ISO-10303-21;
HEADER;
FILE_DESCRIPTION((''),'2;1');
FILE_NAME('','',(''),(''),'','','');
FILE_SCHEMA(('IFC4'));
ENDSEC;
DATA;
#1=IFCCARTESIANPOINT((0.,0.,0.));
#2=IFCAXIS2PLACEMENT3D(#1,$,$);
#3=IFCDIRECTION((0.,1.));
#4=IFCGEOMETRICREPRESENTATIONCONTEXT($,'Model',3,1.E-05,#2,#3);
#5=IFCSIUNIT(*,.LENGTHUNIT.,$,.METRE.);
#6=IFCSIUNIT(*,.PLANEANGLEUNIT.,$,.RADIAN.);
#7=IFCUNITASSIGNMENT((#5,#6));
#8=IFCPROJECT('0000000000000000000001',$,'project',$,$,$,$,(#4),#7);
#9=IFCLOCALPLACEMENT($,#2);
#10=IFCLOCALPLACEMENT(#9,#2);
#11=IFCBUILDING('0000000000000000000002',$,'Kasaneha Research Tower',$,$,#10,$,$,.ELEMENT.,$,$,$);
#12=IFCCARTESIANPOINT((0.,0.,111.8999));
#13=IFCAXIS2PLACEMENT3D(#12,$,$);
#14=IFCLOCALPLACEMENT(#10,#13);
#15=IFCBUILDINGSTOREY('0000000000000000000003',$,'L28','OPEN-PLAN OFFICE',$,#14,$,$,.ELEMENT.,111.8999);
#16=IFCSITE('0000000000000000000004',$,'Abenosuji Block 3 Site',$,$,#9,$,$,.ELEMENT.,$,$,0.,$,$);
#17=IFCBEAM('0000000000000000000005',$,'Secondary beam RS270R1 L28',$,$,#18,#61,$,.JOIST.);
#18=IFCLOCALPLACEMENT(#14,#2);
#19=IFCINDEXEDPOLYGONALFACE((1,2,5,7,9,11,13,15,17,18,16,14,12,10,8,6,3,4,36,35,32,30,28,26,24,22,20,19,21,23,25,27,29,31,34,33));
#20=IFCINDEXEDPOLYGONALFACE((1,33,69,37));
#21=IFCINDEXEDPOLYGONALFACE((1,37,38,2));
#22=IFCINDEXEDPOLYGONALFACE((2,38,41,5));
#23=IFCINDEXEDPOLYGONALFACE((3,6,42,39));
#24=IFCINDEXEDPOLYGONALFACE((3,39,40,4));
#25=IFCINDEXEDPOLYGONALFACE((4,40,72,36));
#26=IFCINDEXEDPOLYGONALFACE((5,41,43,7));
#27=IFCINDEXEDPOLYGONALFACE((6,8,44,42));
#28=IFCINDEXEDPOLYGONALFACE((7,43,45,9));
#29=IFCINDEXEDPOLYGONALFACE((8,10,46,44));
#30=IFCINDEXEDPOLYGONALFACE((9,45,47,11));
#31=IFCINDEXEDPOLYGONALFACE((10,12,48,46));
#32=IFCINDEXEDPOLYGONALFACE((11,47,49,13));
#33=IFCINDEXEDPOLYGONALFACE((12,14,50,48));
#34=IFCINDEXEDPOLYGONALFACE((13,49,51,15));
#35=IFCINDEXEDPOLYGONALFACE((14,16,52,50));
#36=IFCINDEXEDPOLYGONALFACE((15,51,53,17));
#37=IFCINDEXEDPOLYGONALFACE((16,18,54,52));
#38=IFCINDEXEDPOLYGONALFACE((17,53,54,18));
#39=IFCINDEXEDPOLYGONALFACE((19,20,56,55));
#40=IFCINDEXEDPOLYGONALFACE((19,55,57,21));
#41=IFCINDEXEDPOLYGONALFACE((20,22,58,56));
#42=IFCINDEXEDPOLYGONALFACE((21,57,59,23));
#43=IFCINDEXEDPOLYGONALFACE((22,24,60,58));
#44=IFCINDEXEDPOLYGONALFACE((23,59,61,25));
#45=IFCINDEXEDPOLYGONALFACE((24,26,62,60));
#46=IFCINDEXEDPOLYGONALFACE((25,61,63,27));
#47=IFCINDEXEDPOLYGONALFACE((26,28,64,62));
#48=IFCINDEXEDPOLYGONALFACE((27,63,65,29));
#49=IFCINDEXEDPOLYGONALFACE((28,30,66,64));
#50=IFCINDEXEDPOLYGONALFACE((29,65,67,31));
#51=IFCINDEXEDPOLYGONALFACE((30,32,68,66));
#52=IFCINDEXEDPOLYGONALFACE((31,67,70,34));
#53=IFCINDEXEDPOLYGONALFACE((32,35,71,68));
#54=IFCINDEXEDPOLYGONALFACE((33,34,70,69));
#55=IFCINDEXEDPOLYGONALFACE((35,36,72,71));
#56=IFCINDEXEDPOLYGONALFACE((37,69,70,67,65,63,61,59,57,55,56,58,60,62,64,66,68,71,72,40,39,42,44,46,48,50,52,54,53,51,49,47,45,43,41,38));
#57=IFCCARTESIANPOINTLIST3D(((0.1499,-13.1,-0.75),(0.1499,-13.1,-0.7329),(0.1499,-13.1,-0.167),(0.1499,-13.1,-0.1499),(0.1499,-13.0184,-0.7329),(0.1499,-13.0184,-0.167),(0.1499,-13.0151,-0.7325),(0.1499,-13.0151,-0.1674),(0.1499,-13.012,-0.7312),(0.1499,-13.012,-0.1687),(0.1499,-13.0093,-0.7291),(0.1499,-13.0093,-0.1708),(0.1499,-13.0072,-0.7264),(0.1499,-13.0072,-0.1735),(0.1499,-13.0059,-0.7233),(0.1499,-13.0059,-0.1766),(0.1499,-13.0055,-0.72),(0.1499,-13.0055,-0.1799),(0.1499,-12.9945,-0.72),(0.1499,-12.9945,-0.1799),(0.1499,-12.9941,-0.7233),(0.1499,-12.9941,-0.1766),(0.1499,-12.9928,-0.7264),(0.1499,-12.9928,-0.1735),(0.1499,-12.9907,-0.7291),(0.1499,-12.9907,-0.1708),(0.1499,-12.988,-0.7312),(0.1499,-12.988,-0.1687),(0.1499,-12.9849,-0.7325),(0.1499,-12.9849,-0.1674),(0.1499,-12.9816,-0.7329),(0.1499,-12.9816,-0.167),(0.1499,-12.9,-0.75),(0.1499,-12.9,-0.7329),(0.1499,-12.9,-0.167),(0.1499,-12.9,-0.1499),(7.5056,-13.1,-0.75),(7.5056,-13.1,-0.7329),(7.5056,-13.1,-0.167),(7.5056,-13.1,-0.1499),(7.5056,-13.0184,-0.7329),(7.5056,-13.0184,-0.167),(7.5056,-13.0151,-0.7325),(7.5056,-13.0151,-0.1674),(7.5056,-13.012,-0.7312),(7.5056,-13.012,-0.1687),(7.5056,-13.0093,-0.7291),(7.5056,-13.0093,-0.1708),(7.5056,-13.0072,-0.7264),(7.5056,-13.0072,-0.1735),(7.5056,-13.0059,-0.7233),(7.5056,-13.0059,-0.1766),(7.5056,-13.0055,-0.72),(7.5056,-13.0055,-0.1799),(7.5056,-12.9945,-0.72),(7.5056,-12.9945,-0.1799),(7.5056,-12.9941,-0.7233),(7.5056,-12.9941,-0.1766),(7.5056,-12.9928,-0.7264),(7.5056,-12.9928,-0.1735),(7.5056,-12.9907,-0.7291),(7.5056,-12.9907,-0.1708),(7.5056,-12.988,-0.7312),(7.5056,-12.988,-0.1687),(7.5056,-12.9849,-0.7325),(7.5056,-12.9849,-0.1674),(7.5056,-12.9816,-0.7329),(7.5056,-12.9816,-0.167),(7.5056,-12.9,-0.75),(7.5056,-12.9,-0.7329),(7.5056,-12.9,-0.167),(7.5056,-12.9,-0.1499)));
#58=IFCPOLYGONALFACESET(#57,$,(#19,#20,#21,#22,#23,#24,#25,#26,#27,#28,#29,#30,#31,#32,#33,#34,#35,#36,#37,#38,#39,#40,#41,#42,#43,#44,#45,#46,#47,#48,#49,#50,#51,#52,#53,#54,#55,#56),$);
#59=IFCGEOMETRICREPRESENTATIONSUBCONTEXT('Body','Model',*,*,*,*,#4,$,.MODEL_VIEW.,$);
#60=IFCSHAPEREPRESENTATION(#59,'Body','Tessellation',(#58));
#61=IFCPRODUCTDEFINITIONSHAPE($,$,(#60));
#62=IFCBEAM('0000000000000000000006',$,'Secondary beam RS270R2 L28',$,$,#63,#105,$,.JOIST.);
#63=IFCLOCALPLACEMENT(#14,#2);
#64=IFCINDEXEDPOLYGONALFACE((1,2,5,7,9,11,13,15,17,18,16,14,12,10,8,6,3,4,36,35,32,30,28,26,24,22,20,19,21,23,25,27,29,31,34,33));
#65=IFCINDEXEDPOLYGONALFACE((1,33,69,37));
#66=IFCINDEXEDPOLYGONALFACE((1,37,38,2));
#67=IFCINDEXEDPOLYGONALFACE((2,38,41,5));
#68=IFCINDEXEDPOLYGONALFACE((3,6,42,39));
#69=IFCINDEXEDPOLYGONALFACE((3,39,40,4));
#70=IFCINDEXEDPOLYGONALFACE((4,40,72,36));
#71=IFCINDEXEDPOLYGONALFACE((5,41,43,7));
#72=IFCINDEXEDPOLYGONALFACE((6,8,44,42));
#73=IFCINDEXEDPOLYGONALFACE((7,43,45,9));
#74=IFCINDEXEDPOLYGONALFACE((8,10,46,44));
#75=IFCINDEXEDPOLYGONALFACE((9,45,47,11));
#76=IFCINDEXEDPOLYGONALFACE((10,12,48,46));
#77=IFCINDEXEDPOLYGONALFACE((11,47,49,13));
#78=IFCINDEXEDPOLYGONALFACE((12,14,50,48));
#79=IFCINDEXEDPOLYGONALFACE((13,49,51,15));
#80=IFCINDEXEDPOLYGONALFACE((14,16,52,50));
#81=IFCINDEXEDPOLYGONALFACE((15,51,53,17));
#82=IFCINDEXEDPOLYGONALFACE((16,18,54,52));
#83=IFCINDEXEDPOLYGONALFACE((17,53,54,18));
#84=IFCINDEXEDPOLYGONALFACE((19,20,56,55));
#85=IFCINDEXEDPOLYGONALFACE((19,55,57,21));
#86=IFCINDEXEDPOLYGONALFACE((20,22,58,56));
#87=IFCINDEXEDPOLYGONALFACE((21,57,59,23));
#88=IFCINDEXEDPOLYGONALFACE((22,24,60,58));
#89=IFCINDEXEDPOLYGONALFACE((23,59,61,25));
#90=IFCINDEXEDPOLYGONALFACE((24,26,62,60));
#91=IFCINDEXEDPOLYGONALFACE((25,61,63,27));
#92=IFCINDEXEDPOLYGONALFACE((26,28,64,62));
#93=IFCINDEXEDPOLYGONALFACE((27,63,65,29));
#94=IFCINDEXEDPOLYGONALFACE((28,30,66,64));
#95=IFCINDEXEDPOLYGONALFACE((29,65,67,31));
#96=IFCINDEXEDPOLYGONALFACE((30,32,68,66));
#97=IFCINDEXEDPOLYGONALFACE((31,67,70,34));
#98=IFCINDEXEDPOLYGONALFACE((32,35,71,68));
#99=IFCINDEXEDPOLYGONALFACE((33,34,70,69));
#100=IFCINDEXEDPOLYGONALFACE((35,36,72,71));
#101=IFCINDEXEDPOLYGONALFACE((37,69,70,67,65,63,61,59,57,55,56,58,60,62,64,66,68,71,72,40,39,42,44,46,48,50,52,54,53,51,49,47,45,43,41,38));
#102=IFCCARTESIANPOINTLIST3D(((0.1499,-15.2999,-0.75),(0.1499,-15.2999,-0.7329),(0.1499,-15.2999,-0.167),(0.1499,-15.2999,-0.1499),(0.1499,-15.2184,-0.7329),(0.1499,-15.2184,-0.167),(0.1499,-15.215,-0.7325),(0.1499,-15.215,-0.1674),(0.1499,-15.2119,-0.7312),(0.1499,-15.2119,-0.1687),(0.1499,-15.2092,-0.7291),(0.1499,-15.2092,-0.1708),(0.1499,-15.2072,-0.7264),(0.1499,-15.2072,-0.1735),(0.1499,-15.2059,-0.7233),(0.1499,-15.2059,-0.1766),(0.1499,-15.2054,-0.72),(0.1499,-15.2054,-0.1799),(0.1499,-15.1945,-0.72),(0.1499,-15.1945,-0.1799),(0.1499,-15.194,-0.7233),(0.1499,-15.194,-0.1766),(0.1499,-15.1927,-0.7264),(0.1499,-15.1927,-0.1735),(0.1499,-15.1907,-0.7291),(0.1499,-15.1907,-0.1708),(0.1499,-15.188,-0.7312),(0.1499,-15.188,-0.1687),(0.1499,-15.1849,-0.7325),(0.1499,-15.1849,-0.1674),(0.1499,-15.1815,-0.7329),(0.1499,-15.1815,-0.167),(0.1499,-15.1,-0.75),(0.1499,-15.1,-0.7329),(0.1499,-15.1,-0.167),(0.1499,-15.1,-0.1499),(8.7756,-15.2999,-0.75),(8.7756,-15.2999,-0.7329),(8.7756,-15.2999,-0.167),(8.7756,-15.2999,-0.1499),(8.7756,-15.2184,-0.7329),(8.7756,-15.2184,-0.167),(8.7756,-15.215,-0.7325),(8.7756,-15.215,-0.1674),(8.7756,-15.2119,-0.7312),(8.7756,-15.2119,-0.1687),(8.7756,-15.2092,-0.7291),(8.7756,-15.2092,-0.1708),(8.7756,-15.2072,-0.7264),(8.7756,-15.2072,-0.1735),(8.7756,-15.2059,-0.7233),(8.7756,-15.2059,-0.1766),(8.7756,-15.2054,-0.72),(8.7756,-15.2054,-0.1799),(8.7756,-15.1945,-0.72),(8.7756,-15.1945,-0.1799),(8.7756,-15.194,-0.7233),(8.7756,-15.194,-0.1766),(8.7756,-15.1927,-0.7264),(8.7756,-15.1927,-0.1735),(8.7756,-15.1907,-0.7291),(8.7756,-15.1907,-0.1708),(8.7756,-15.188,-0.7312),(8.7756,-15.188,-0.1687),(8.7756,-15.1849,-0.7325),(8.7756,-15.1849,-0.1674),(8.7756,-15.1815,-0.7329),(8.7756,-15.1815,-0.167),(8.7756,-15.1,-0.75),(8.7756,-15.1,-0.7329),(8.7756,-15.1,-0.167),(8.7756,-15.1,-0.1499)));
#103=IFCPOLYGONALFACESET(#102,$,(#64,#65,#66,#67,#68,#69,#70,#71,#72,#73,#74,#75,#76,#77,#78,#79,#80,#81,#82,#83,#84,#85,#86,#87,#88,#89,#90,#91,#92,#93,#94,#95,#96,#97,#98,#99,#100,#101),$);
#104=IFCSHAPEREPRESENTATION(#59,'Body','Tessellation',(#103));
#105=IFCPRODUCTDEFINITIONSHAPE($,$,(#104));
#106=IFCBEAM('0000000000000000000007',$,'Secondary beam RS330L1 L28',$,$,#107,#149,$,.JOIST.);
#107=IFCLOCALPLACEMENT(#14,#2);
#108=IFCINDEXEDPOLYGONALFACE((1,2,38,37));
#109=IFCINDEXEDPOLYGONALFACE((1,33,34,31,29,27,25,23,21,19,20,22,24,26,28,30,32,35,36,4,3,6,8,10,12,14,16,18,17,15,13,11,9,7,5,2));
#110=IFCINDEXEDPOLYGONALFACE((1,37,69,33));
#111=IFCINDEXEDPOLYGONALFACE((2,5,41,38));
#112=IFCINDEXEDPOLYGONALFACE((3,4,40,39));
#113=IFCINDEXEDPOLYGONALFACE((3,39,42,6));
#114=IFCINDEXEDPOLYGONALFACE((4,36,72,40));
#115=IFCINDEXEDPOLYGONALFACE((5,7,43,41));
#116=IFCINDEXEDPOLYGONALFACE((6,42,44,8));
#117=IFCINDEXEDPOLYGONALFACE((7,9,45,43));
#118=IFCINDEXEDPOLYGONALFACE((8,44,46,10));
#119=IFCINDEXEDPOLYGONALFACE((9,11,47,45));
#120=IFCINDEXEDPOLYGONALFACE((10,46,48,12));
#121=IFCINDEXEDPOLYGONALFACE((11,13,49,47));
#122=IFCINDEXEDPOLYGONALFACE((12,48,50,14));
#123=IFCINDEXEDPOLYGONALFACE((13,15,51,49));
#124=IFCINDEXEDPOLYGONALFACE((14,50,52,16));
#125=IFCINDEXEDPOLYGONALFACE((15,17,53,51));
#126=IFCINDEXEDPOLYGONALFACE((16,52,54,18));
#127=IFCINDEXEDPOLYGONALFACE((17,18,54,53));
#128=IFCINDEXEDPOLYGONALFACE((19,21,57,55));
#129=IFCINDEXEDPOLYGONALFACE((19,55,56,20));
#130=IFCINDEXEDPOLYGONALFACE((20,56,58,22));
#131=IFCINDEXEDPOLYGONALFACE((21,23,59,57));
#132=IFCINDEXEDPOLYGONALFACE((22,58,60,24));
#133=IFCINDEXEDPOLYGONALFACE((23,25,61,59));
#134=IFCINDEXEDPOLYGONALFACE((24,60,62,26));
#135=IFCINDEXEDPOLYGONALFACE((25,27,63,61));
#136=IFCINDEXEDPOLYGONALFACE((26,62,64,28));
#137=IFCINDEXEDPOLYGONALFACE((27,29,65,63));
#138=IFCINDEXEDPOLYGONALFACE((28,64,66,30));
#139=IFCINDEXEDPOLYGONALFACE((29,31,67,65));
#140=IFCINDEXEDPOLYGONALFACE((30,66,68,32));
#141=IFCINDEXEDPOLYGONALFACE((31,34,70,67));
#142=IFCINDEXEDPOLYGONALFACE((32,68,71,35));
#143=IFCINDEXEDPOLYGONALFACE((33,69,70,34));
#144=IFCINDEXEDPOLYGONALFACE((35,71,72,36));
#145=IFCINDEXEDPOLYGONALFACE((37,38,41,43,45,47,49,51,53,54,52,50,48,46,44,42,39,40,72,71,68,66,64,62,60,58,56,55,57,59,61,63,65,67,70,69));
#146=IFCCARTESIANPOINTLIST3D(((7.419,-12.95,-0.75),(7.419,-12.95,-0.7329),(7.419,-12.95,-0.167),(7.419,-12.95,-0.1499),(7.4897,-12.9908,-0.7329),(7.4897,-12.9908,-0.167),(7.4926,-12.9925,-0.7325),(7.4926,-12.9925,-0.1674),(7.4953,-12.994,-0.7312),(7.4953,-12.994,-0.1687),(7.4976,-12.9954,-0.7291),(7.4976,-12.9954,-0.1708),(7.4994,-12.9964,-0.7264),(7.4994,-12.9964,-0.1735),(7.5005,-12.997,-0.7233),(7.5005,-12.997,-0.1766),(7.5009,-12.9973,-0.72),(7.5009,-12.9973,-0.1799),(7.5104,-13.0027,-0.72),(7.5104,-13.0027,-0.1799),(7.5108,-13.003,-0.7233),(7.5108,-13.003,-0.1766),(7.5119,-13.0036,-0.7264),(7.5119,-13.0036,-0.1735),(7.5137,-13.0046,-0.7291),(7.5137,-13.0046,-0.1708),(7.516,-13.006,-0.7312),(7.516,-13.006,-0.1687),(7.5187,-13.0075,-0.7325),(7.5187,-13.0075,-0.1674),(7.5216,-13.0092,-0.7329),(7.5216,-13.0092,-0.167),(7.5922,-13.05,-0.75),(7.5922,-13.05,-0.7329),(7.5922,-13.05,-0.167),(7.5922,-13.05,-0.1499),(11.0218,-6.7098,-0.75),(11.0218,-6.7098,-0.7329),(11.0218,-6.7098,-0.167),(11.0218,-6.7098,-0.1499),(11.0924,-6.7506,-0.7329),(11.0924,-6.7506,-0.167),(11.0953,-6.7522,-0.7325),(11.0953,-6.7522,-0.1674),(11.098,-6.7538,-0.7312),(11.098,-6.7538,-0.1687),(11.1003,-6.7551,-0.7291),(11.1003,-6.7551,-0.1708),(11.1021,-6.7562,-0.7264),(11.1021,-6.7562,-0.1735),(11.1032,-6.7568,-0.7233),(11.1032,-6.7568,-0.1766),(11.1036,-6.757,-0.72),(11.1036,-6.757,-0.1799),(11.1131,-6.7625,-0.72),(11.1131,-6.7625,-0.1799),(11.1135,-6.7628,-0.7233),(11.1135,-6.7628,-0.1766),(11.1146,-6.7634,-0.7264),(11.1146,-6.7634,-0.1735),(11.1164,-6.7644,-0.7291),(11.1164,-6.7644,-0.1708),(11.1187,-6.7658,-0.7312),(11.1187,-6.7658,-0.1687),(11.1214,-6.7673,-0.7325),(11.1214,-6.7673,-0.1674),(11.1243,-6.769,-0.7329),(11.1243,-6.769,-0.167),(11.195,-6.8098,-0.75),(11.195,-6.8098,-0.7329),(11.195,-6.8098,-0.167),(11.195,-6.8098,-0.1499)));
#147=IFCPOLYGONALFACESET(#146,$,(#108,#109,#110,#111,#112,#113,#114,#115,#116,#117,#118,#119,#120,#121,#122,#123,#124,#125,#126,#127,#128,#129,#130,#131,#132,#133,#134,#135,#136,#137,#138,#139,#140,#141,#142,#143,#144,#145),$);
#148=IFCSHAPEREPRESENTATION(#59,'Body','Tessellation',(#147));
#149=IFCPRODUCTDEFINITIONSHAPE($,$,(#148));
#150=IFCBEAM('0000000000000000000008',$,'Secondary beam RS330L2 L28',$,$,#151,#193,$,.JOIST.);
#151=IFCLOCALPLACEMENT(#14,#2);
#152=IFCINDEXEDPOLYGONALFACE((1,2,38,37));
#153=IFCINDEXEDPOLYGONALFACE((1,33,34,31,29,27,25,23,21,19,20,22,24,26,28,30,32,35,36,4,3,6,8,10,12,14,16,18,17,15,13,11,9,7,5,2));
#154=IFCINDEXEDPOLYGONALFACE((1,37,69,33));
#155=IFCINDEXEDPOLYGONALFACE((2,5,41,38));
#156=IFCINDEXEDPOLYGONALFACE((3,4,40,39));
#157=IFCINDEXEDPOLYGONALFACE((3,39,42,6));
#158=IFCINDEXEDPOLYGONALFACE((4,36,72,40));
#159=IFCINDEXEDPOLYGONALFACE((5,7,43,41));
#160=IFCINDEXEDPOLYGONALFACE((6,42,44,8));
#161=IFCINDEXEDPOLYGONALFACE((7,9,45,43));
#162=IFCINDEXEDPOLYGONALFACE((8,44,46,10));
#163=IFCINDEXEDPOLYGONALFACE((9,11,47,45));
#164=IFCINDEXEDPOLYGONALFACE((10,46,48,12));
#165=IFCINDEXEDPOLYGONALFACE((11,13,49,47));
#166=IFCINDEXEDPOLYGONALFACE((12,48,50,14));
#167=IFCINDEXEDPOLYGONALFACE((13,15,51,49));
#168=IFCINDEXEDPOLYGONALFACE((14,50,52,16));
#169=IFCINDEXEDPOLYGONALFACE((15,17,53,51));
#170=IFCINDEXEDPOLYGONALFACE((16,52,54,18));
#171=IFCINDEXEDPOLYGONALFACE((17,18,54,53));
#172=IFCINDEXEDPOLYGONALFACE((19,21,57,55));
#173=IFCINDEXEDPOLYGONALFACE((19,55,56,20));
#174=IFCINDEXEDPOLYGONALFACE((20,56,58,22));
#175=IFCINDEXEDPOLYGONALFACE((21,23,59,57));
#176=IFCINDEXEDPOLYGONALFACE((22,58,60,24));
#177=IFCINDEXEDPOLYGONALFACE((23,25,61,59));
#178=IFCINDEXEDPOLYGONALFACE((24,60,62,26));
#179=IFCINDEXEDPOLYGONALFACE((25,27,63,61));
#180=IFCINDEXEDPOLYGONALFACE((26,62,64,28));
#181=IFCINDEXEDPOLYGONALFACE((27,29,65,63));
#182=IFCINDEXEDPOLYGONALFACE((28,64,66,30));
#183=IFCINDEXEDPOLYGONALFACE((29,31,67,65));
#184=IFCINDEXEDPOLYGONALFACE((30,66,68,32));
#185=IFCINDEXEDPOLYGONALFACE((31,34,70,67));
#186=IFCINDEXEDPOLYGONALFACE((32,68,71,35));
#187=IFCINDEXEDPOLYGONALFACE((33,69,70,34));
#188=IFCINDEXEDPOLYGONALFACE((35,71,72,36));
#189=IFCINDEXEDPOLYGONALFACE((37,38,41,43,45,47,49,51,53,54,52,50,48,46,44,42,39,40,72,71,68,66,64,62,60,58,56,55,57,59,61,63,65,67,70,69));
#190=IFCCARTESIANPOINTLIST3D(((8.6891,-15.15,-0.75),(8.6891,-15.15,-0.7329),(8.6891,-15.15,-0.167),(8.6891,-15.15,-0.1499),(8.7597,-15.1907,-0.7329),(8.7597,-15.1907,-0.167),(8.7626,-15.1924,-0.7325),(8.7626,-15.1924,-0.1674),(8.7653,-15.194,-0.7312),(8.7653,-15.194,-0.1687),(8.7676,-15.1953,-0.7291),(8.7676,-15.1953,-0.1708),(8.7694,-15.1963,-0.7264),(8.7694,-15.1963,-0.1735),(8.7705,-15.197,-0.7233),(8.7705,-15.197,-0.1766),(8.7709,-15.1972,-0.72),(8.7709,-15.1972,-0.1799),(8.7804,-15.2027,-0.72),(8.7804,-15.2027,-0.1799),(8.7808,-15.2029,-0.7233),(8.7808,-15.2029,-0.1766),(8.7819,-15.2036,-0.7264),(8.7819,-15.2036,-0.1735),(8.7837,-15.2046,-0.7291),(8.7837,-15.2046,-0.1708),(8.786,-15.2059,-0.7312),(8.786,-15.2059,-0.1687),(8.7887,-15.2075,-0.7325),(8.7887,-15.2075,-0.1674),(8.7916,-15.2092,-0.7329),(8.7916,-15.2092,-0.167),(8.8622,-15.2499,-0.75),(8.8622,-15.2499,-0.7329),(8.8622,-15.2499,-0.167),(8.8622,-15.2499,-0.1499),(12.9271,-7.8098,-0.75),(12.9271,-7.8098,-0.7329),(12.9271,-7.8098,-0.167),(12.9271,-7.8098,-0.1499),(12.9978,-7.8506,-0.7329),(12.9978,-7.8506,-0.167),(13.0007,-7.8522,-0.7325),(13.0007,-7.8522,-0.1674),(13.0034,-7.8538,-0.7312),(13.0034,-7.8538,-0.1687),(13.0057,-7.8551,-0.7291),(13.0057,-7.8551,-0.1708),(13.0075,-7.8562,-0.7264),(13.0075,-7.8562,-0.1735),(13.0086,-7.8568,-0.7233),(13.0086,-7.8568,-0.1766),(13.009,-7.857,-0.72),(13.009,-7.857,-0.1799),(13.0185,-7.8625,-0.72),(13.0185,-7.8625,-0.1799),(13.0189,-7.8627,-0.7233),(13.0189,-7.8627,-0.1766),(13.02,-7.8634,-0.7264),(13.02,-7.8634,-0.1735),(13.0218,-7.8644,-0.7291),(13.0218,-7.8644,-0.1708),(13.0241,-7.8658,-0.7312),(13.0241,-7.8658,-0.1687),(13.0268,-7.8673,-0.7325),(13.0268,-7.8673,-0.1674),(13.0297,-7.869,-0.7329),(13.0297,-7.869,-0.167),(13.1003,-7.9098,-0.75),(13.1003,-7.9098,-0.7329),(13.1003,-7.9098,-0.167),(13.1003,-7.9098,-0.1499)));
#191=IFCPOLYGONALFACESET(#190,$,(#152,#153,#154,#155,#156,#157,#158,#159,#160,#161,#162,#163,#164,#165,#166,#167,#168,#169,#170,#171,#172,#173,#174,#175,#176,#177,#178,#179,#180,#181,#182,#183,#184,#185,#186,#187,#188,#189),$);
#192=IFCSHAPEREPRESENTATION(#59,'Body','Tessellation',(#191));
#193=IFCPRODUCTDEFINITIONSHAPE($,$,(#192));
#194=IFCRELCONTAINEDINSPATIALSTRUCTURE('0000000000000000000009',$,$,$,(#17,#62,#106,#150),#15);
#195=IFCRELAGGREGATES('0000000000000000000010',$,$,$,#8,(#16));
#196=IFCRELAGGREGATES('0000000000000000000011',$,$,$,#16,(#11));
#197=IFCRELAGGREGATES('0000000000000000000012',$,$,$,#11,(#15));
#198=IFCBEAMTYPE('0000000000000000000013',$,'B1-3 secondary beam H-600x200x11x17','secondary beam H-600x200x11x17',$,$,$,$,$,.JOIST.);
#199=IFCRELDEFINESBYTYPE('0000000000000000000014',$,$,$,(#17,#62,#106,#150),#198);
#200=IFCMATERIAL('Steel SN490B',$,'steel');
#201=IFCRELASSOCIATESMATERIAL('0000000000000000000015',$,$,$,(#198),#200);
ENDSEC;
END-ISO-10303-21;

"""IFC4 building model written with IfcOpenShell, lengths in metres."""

from ifc_helpers import new_model, si_unit, direction, frame, origin, origin_2d, place, context, subcontext, project, spatial, i_section, extrude, material, material_profile, profile_set, type_object, element, save


model = new_model("IFC4")

# Units and contexts
model_context = context("Model", 3, precision=1e-05, world=origin(), true_north=direction((0.0, 1.0)))
body_context = subcontext(model_context, "Body", "Model", "MODEL_VIEW")
ifc_project = project(units=[si_unit("LENGTHUNIT", "METRE"), si_unit("PLANEANGLEUNIT", "RADIAN")], contexts=[model_context])

# Site, building, storey
site_placement = place(None, origin())
site = spatial("IfcSite", under=ifc_project, at=site_placement, Name="Abenosuji Block 3 Site", CompositionType="ELEMENT", RefElevation=0.0)
building_placement = place(site_placement, origin())
building = spatial("IfcBuilding", under=site, at=building_placement, Name="Kasaneha Research Tower", CompositionType="ELEMENT")
storey_placement = place(building_placement, frame((0.0, 0.0, 111.8999)))
storey = spatial("IfcBuildingStorey", under=building, at=storey_placement, Name="L28", Description="OPEN-PLAN OFFICE", CompositionType="ELEMENT", Elevation=111.8999)

# Beams
ifc_material_1 = material(Name="Steel SN490B", Category="steel")
ifc_material_profile_1 = material_profile(ifc_material_1, i_section(OverallWidth=0.2, OverallDepth=0.6001, WebThickness=0.011, FlangeThickness=0.0171, FilletRadius=0.0129, at=origin_2d()), Name="H-600x200x11x17")
ifc_profile_set_1 = profile_set([ifc_material_profile_1], Name="Steel SN490B")
beam_type_1 = type_object("IfcBeamType", Name="B1-3 secondary beam H-600x200x11x17", Description="secondary beam H-600x200x11x17", PredefinedType="JOIST", material=ifc_profile_set_1)
beam_1_placement = place(storey_placement, frame((7.5056, -13.0, -0.45), z_axis=(-1.0, 0.0, 0.0), x_axis=(0.0, -1.0, 0.0)))
element("IfcBeam", 1, at=beam_1_placement, inside=storey, type_object=beam_type_1, Name="Secondary beam RS270R1 L28", PredefinedType="JOIST", context=body_context, shape_type="SweptSolid", body=[
    extrude(i_section(OverallWidth=0.2, OverallDepth=0.6001, WebThickness=0.011, FlangeThickness=0.0171, FilletRadius=0.0129, at=origin_2d()), origin(), (0.0, 0.0, 1.0), 7.3557),
])
beam_2_placement = place(storey_placement, frame((8.7756, -15.2, -0.45), z_axis=(-1.0, 0.0, 0.0), x_axis=(0.0, -1.0, 0.0)))
element("IfcBeam", 2, at=beam_2_placement, inside=storey, type_object=beam_type_1, Name="Secondary beam RS270R2 L28", PredefinedType="JOIST", context=body_context, shape_type="SweptSolid", body=[
    extrude(i_section(OverallWidth=0.2, OverallDepth=0.6001, WebThickness=0.011, FlangeThickness=0.0171, FilletRadius=0.0129, at=origin_2d()), origin(), (0.0, 0.0, 1.0), 8.6257),
])
beam_3_placement = place(storey_placement, frame((7.5056, -13.0, -0.45), z_axis=(0.499998, 0.866026, 0.0), x_axis=(-0.866026, 0.499998, 0.0)))
element("IfcBeam", 3, at=beam_3_placement, inside=storey, type_object=beam_type_1, Name="Secondary beam RS330L1 L28", PredefinedType="JOIST", context=body_context, shape_type="SweptSolid", body=[
    extrude(i_section(OverallWidth=0.2, OverallDepth=0.6001, WebThickness=0.011, FlangeThickness=0.0171, FilletRadius=0.0129, at=origin_2d()), origin(), (0.0, 0.0, 1.0), 7.2056),
])
beam_4_placement = place(storey_placement, frame((8.7756, -15.2, -0.45), z_axis=(0.500021, 0.866013, 0.0), x_axis=(-0.866013, 0.500021, 0.0)))
element("IfcBeam", 4, at=beam_4_placement, inside=storey, type_object=beam_type_1, Name="Secondary beam RS330L2 L28", PredefinedType="JOIST", context=body_context, shape_type="SweptSolid", body=[
    extrude(i_section(OverallWidth=0.2, OverallDepth=0.6001, WebThickness=0.011, FlangeThickness=0.0171, FilletRadius=0.0129, at=origin_2d()), origin(), (0.0, 0.0, 1.0), 8.4758),
])

save(model, "model.ifc")
